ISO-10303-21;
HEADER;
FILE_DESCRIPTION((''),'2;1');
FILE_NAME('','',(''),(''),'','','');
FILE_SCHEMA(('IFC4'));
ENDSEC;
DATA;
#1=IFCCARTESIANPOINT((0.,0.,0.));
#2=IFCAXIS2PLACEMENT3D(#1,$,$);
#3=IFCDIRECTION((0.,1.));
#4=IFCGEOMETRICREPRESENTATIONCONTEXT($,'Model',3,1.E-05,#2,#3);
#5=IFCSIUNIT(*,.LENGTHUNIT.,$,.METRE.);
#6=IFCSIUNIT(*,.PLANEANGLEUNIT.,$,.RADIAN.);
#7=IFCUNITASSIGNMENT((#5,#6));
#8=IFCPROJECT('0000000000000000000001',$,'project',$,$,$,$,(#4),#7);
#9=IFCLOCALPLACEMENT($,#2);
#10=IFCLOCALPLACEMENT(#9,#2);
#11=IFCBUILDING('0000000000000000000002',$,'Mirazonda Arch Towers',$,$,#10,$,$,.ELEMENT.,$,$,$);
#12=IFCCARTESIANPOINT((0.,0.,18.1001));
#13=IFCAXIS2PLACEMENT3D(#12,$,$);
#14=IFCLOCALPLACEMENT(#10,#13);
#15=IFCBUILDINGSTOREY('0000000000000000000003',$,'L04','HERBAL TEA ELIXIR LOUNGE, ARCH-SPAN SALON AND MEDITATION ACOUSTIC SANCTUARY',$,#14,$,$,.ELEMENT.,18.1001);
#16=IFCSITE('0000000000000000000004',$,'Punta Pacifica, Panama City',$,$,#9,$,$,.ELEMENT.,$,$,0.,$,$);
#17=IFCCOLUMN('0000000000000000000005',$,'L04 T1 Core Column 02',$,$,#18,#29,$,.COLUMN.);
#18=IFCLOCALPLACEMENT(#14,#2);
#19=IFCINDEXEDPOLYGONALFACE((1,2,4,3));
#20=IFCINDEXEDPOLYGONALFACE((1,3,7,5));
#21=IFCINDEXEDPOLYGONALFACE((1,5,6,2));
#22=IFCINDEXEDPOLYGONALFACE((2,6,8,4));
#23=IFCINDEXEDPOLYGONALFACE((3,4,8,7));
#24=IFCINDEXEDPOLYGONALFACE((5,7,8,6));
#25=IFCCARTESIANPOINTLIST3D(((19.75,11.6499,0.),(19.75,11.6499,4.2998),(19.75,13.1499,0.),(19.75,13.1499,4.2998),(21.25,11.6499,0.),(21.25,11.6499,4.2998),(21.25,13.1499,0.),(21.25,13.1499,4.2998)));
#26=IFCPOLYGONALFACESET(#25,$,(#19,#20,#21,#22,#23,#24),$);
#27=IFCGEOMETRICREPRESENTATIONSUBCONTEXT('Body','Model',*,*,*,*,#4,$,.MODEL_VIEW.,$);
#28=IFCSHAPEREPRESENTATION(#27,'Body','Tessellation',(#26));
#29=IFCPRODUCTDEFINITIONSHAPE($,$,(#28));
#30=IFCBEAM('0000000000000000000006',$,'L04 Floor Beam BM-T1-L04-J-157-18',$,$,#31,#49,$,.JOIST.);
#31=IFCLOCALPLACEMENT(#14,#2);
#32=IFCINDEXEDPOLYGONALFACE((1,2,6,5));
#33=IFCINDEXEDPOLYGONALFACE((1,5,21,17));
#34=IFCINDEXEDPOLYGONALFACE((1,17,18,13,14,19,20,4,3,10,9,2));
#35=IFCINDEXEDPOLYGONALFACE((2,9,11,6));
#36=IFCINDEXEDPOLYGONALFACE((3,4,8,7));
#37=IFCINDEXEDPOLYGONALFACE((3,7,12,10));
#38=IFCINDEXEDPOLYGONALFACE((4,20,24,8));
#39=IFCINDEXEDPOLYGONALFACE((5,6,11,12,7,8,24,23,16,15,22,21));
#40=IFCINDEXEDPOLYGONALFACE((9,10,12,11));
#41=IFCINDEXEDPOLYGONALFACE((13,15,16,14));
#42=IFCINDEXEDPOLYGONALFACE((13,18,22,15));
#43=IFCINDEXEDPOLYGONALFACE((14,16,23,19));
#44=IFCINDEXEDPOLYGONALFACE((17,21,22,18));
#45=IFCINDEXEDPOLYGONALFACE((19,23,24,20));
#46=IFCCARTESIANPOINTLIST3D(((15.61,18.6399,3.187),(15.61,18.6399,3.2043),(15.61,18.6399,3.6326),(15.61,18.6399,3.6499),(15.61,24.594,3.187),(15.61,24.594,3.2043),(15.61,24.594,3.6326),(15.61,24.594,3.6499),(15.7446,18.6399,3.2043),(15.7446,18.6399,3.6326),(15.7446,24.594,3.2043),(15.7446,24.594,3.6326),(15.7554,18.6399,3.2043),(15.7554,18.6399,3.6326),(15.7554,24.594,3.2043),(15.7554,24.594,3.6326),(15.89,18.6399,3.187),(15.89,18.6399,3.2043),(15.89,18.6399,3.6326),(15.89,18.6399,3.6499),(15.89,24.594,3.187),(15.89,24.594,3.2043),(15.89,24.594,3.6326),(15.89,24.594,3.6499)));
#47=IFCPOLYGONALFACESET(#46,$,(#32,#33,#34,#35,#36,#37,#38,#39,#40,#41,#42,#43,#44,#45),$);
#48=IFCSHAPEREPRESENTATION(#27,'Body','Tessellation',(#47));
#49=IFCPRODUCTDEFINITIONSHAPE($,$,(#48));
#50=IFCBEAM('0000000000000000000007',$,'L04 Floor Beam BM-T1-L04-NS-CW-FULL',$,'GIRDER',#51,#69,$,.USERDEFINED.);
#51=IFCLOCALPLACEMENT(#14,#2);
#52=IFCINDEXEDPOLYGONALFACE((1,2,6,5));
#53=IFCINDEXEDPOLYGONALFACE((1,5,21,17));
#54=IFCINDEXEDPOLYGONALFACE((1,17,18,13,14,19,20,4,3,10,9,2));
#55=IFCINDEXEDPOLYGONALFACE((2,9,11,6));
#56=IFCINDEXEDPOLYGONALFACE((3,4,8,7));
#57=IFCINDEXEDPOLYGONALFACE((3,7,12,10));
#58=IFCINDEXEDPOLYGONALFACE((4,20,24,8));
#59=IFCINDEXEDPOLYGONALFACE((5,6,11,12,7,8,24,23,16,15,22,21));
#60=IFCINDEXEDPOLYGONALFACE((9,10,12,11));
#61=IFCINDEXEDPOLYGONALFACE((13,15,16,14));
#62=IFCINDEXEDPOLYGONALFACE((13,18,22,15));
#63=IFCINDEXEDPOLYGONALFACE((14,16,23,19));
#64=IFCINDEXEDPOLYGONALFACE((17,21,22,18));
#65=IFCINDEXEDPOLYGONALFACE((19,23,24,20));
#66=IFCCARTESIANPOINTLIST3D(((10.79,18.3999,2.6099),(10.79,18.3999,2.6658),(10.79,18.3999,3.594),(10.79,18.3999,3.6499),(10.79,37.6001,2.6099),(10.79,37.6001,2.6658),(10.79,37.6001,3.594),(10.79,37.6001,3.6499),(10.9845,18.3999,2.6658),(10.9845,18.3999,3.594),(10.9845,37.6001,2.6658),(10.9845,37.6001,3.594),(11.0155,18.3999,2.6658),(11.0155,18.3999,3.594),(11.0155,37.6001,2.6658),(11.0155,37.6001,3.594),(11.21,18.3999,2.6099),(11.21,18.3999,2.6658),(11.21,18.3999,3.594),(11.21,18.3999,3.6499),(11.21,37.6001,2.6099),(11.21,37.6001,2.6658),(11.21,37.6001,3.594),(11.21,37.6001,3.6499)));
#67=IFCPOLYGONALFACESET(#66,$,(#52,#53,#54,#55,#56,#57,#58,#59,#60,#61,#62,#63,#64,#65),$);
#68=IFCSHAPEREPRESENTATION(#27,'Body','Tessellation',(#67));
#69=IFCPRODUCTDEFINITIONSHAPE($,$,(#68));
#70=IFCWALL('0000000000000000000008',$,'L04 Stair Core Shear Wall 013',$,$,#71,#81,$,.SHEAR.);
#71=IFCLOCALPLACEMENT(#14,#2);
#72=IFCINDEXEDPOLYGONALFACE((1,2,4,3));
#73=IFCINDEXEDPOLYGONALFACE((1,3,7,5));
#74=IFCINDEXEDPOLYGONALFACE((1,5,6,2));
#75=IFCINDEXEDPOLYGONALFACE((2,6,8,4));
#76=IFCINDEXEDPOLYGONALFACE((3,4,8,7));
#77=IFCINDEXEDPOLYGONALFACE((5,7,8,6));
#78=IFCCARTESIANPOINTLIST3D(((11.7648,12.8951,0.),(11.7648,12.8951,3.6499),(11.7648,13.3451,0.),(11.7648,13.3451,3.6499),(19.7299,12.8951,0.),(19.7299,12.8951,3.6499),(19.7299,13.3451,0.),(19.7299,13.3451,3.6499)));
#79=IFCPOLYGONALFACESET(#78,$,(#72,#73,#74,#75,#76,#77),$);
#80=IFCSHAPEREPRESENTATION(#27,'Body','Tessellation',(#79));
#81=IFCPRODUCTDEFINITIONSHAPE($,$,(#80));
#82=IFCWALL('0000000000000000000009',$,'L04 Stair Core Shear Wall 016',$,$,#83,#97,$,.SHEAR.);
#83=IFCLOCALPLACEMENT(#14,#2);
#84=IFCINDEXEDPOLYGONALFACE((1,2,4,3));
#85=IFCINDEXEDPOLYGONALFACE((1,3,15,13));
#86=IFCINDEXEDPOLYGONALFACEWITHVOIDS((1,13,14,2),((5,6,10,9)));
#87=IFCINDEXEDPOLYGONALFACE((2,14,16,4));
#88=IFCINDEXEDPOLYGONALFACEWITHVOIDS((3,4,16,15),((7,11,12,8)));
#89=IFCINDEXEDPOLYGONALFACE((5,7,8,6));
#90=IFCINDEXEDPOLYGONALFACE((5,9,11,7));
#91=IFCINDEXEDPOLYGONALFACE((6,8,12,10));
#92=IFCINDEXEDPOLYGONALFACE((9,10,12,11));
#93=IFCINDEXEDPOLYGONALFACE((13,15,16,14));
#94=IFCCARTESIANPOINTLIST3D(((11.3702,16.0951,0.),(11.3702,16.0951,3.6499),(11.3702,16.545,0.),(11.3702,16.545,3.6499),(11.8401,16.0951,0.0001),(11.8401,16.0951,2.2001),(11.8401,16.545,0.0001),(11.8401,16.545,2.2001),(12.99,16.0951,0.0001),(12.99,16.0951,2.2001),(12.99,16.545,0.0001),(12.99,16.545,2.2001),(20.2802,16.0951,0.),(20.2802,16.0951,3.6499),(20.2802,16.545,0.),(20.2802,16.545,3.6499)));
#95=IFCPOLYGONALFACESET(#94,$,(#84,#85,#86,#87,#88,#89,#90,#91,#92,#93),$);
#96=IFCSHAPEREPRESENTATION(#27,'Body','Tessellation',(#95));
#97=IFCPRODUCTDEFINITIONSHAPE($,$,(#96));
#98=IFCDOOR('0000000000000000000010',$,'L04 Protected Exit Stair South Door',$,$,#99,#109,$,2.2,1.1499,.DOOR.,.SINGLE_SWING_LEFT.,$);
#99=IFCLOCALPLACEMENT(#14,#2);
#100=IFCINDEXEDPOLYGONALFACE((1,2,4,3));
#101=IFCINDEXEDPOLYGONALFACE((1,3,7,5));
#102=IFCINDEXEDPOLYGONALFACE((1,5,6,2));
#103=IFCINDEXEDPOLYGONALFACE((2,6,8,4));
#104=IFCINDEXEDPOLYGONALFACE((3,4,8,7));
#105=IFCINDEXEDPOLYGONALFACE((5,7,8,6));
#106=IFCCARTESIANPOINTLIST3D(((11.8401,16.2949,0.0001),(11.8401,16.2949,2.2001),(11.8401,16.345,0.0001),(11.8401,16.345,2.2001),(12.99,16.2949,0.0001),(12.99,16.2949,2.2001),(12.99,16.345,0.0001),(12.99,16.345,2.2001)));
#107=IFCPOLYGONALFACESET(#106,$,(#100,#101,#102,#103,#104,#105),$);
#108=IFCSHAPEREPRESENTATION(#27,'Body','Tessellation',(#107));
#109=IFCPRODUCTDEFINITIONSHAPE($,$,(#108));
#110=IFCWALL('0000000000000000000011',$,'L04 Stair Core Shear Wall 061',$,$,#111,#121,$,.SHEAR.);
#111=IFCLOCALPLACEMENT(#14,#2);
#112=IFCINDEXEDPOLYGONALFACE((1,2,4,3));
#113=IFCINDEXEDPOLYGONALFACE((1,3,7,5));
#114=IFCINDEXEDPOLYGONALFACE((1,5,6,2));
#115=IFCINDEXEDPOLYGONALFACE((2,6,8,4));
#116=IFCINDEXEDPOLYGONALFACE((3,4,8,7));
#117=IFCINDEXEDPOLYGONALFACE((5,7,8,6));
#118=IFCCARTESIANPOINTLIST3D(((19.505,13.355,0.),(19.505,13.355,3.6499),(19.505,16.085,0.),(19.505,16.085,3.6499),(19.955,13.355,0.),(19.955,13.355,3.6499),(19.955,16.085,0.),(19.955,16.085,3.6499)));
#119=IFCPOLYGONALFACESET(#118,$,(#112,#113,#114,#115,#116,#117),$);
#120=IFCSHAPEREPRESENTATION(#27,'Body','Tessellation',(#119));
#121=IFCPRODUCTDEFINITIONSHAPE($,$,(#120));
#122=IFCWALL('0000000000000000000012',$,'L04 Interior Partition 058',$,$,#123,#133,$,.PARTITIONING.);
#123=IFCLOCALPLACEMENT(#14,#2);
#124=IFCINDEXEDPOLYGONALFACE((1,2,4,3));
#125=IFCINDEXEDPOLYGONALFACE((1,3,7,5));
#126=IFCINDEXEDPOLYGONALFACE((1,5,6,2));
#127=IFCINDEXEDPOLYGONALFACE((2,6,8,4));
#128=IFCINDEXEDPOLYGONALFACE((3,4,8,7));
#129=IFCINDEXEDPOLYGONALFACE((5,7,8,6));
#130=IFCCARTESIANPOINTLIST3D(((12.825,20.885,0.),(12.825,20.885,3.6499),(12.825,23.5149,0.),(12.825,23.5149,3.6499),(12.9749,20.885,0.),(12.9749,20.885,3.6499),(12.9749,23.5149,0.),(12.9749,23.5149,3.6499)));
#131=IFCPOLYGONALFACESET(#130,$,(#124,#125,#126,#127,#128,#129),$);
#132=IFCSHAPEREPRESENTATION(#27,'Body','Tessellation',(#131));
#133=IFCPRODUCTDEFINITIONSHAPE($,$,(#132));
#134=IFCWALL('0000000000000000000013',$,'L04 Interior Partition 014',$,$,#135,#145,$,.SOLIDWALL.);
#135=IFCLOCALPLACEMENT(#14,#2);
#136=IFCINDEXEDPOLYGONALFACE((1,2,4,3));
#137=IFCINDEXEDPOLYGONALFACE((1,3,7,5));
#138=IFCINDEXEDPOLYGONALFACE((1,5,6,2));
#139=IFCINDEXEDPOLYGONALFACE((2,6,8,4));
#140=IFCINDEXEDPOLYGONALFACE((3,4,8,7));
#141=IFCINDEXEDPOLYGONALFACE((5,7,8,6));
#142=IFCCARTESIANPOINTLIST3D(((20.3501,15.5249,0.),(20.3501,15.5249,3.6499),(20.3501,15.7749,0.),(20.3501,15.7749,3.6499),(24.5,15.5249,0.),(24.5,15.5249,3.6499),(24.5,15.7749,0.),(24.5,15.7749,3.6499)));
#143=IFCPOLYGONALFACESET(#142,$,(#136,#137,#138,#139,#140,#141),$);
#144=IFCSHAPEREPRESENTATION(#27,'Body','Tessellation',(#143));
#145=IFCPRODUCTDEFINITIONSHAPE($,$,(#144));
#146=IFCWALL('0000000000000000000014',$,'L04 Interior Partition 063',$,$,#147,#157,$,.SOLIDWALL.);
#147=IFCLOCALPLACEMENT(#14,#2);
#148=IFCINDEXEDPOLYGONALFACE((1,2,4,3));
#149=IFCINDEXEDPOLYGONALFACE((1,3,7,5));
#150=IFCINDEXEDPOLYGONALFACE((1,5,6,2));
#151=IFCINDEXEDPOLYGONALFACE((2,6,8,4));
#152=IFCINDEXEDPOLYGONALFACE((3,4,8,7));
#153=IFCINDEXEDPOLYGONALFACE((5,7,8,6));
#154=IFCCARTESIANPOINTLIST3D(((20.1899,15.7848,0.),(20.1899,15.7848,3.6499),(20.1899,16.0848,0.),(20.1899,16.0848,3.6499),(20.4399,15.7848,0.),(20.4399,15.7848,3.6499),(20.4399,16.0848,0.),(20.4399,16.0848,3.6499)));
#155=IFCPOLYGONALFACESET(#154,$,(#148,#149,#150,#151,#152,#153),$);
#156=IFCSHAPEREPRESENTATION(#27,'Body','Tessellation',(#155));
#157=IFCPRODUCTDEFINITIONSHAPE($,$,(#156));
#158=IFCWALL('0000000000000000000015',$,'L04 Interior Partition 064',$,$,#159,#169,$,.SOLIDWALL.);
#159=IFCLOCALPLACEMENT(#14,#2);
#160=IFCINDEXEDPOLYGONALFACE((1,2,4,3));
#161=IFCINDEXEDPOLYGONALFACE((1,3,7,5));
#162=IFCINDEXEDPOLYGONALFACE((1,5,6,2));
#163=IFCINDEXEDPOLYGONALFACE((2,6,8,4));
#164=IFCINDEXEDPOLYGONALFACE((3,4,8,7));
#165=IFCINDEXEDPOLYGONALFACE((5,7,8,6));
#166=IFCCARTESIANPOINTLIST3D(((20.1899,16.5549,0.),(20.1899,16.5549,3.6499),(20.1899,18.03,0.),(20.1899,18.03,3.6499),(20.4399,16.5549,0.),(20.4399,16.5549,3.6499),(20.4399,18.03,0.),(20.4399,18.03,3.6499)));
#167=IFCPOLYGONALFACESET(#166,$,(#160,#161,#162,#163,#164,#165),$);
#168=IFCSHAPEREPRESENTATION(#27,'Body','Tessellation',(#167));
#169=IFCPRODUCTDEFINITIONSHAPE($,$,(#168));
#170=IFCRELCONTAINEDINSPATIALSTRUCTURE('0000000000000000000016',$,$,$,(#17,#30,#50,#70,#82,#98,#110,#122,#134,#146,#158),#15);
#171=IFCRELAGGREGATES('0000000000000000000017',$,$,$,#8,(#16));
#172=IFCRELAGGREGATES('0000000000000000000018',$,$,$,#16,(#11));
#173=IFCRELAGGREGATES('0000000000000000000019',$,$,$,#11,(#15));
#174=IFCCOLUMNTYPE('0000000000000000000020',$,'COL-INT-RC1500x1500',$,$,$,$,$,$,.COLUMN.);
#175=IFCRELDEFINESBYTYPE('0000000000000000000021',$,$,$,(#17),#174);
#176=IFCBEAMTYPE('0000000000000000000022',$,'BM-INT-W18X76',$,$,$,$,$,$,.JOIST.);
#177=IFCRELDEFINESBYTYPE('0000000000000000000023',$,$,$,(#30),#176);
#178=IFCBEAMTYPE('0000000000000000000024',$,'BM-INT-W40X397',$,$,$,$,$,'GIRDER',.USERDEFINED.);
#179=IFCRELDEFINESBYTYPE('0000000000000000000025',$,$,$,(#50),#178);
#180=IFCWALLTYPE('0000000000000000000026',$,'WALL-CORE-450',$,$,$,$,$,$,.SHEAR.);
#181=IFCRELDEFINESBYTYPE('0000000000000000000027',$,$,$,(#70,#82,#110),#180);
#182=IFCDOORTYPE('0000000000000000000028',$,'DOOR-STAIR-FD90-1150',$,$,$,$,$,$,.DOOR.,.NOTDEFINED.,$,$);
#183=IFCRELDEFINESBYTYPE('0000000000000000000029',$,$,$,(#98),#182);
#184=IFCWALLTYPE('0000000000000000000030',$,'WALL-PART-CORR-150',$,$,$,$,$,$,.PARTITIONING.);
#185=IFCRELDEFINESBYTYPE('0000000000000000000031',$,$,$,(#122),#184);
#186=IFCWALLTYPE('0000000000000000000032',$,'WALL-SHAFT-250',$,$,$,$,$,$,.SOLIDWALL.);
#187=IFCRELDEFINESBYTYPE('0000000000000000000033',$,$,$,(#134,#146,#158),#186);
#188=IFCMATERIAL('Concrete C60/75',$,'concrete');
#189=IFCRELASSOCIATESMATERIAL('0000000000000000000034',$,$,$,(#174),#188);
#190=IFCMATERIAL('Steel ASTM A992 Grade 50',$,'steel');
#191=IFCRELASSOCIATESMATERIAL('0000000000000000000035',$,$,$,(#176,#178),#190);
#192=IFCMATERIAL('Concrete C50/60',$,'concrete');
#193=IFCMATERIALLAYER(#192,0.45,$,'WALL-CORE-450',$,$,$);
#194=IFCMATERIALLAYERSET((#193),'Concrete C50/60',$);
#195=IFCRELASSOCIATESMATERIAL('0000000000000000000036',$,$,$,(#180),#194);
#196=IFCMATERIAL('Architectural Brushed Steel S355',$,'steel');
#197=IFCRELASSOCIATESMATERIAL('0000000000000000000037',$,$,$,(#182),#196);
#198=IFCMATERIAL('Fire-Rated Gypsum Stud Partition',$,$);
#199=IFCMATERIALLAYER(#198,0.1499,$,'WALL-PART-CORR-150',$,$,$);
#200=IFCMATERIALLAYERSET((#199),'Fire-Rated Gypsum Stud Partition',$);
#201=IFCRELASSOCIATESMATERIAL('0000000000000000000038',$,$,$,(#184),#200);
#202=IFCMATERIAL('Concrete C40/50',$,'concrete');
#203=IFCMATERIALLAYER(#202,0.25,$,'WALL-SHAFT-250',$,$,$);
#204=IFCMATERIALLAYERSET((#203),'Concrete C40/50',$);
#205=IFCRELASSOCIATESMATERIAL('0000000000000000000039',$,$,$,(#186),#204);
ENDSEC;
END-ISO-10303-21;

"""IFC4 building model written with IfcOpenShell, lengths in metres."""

from ifc_helpers import new_model, si_unit, direction, frame, frame_2d, origin, origin_2d, place, context, subcontext, project, spatial, rectangle, i_section, extrude, material, layer, layer_set, material_profile, profile_set, type_object, element, fill, save


model = new_model("IFC4")

# Units and contexts
model_context = context("Model", 3, precision=1e-05, world=origin(), true_north=direction((0.0, 1.0)))
body_context = subcontext(model_context, "Body", "Model", "MODEL_VIEW")
ifc_project = project(units=[si_unit("LENGTHUNIT", "METRE"), si_unit("PLANEANGLEUNIT", "RADIAN")], contexts=[model_context])

# Site, building, storey
site_placement = place(None, origin())
site = spatial("IfcSite", under=ifc_project, at=site_placement, Name="Punta Pacifica, Panama City", CompositionType="ELEMENT", RefElevation=0.0)
building_placement = place(site_placement, origin())
building = spatial("IfcBuilding", under=site, at=building_placement, Name="Mirazonda Arch Towers", CompositionType="ELEMENT")
storey_placement = place(building_placement, frame((0.0, 0.0, 18.1001)))
storey = spatial("IfcBuildingStorey", under=building, at=storey_placement, Name="L04", Description="HERBAL TEA ELIXIR LOUNGE, ARCH-SPAN SALON AND MEDITATION ACOUSTIC SANCTUARY", CompositionType="ELEMENT", Elevation=18.1001)

# Column
ifc_material_1 = material(Name="Concrete C60/75", Category="concrete")
ifc_material_profile_1 = material_profile(ifc_material_1, rectangle(XDim=1.5, YDim=1.5, at=origin_2d()), Name="RC1500x1500")
ifc_profile_set_1 = profile_set([ifc_material_profile_1], Name="Concrete C60/75")
column_type = type_object("IfcColumnType", Name="COL-INT-RC1500x1500", PredefinedType="COLUMN", material=ifc_profile_set_1)
column_placement = place(storey_placement, frame((20.5, 12.3999, 0.0), z_axis=(0.0, 0.0, 1.0), x_axis=(1.0, 0.0, 0.0)))
element("IfcColumn", 1, at=column_placement, inside=storey, type_object=column_type, Name="L04 T1 Core Column 02", PredefinedType="COLUMN", context=body_context, shape_type="SweptSolid", body=[
    extrude(rectangle(XDim=1.5, YDim=1.5, at=origin_2d()), origin(), (0.0, 0.0, 1.0), 4.2998),
])

# Beams
ifc_material_2 = material(Name="Steel ASTM A992 Grade 50", Category="steel")
ifc_material_profile_2 = material_profile(ifc_material_2, i_section(OverallWidth=0.28, OverallDepth=0.4629, WebThickness=0.0107, FlangeThickness=0.0173, at=origin_2d()), Name="W18X76")
ifc_profile_set_2 = profile_set([ifc_material_profile_2], Name="Steel ASTM A992 Grade 50")
beam_type_1 = type_object("IfcBeamType", Name="BM-INT-W18X76", PredefinedType="JOIST", material=ifc_profile_set_2)
beam_1_placement = place(storey_placement, frame((15.75, 18.6399, 3.4185), z_axis=(0.0, 1.0, 0.0), x_axis=(-1.0, 0.0, 0.0)))
element("IfcBeam", 2, at=beam_1_placement, inside=storey, type_object=beam_type_1, Name="L04 Floor Beam BM-T1-L04-J-157-18", PredefinedType="JOIST", context=body_context, shape_type="SweptSolid", body=[
    extrude(i_section(OverallWidth=0.28, OverallDepth=0.4629, WebThickness=0.0107, FlangeThickness=0.0173, at=origin_2d()), origin(), (0.0, 0.0, 1.0), 5.9541),
])
ifc_material_profile_3 = material_profile(ifc_material_2, i_section(OverallWidth=0.4199, OverallDepth=1.04, WebThickness=0.031, FlangeThickness=0.0559, at=origin_2d()), Name="W40X397")
ifc_profile_set_3 = profile_set([ifc_material_profile_3], Name="Steel ASTM A992 Grade 50")
beam_type_2 = type_object("IfcBeamType", Name="BM-INT-W40X397", ElementType="GIRDER", PredefinedType="USERDEFINED", material=ifc_profile_set_3)
beam_2_placement = place(storey_placement, frame((11.0, 18.3999, 3.1299), z_axis=(0.0, 1.0, 0.0), x_axis=(-1.0, 0.0, 0.0)))
element("IfcBeam", 3, at=beam_2_placement, inside=storey, type_object=beam_type_2, Name="L04 Floor Beam BM-T1-L04-NS-CW-FULL", ObjectType="GIRDER", PredefinedType="USERDEFINED", context=body_context, shape_type="SweptSolid", body=[
    extrude(i_section(OverallWidth=0.4199, OverallDepth=1.04, WebThickness=0.031, FlangeThickness=0.0559, at=origin_2d()), origin(), (0.0, 0.0, 1.0), 19.2002),
])

# Wall
ifc_material_3 = material(Name="Concrete C50/60", Category="concrete")
ifc_layer_1 = layer(ifc_material_3, 0.45, Name="WALL-CORE-450")
ifc_layer_set_1 = layer_set([ifc_layer_1], Name="Concrete C50/60")
wall_type_1 = type_object("IfcWallType", Name="WALL-CORE-450", PredefinedType="SHEAR", material=ifc_layer_set_1)
wall_1_placement = place(storey_placement, frame((11.7649, 13.1201, 0.0), z_axis=(0.0, 0.0, 1.0), x_axis=(1.0, 0.0, 0.0)))
element("IfcWall", 4, at=wall_1_placement, inside=storey, type_object=wall_type_1, Name="L04 Stair Core Shear Wall 013", PredefinedType="SHEAR", context=body_context, shape_type="SweptSolid", body=[
    extrude(rectangle(XDim=7.9651, YDim=0.45, at=frame_2d((3.9824, 0.0))), origin(), (0.0, 0.0, 1.0), 3.6499),
])

# Wall, opening, door
wall_2_placement = place(storey_placement, frame((11.3701, 16.3201, 0.0), z_axis=(0.0, 0.0, 1.0), x_axis=(1.0, 0.0, 0.0)))
wall_2 = element("IfcWall", 5, at=wall_2_placement, inside=storey, type_object=wall_type_1, Name="L04 Stair Core Shear Wall 016", PredefinedType="SHEAR", context=body_context, shape_type="SweptSolid", body=[
    extrude(rectangle(XDim=8.9099, YDim=0.45, at=frame_2d((4.4551, 0.0))), origin(), (0.0, 0.0, 1.0), 3.6499),
])
opening_placement = place(wall_2_placement, frame((0.47, 0.0, 0.0)))
opening = element("IfcOpeningElement", 6, at=opening_placement, cuts=wall_2, PredefinedType="OPENING", context=body_context, shape_type="SweptSolid", body=[
    extrude(rectangle(XDim=1.1499, YDim=2.2, at=frame_2d((0.575, 1.1001))), frame((0.0, 0.2349, 0.0), z_axis=(0.0, -1.0, 0.0), x_axis=(1.0, 0.0, 0.0)), (0.0, 0.0, 1.0), 0.47),
])
ifc_material_4 = material(Name="Architectural Brushed Steel S355", Category="steel")
door_type = type_object("IfcDoorType", Name="DOOR-STAIR-FD90-1150", OperationType="NOTDEFINED", PredefinedType="DOOR", material=ifc_material_4)
door_placement = place(opening_placement, origin())
door = element("IfcDoor", 7, at=door_placement, inside=storey, type_object=door_type, Name="L04 Protected Exit Stair South Door", OperationType="SINGLE_SWING_LEFT", OverallHeight=2.2, OverallWidth=1.1499, PredefinedType="DOOR", context=body_context, shape_type="SweptSolid", body=[
    extrude(rectangle(XDim=1.1499, YDim=2.2, at=frame_2d((0.575, 1.1001))), frame((0.0, 0.0249, 0.0), z_axis=(0.0, -1.0, 0.0), x_axis=(1.0, 0.0, 0.0)), (0.0, 0.0, 1.0), 0.05),
])
fill(opening, door)

# Walls
wall_3_placement = place(storey_placement, frame((19.73, 13.355, 0.0), z_axis=(0.0, 0.0, 1.0), x_axis=(0.0, 1.0, 0.0)))
element("IfcWall", 8, at=wall_3_placement, inside=storey, type_object=wall_type_1, Name="L04 Stair Core Shear Wall 061", PredefinedType="SHEAR", context=body_context, shape_type="SweptSolid", body=[
    extrude(rectangle(XDim=2.73, YDim=0.45, at=frame_2d((1.365, 0.0))), origin(), (0.0, 0.0, 1.0), 3.6499),
])
ifc_material_5 = material(Name="Fire-Rated Gypsum Stud Partition")
ifc_layer_2 = layer(ifc_material_5, 0.1499, Name="WALL-PART-CORR-150")
ifc_layer_set_2 = layer_set([ifc_layer_2], Name="Fire-Rated Gypsum Stud Partition")
wall_type_2 = type_object("IfcWallType", Name="WALL-PART-CORR-150", PredefinedType="PARTITIONING", material=ifc_layer_set_2)
wall_4_placement = place(storey_placement, frame((12.8999, 20.885, 0.0), z_axis=(0.0, 0.0, 1.0), x_axis=(0.0, 1.0, 0.0)))
element("IfcWall", 9, at=wall_4_placement, inside=storey, type_object=wall_type_2, Name="L04 Interior Partition 058", PredefinedType="PARTITIONING", context=body_context, shape_type="SweptSolid", body=[
    extrude(rectangle(XDim=2.6299, YDim=0.1499, at=frame_2d((1.3149, 0.0))), origin(), (0.0, 0.0, 1.0), 3.6499),
])
ifc_material_6 = material(Name="Concrete C40/50", Category="concrete")
ifc_layer_3 = layer(ifc_material_6, 0.25, Name="WALL-SHAFT-250")
ifc_layer_set_3 = layer_set([ifc_layer_3], Name="Concrete C40/50")
wall_type_3 = type_object("IfcWallType", Name="WALL-SHAFT-250", PredefinedType="SOLIDWALL", material=ifc_layer_set_3)
wall_5_placement = place(storey_placement, frame((20.3501, 15.6499, 0.0), z_axis=(0.0, 0.0, 1.0), x_axis=(1.0, 0.0, 0.0)))
element("IfcWall", 10, at=wall_5_placement, inside=storey, type_object=wall_type_3, Name="L04 Interior Partition 014", PredefinedType="SOLIDWALL", context=body_context, shape_type="SweptSolid", body=[
    extrude(rectangle(XDim=4.1499, YDim=0.25, at=frame_2d((2.075, 0.0))), origin(), (0.0, 0.0, 1.0), 3.6499),
])
wall_6_placement = place(storey_placement, frame((20.3149, 15.7849, 0.0), z_axis=(0.0, 0.0, 1.0), x_axis=(0.0, 1.0, 0.0)))
element("IfcWall", 11, at=wall_6_placement, inside=storey, type_object=wall_type_3, Name="L04 Interior Partition 063", PredefinedType="SOLIDWALL", context=body_context, shape_type="SweptSolid", body=[
    extrude(rectangle(XDim=0.3, YDim=0.25, at=frame_2d((0.1499, 0.0))), origin(), (0.0, 0.0, 1.0), 3.6499),
])
wall_7_placement = place(storey_placement, frame((20.3149, 16.5549, 0.0), z_axis=(0.0, 0.0, 1.0), x_axis=(0.0, 1.0, 0.0)))
element("IfcWall", 12, at=wall_7_placement, inside=storey, type_object=wall_type_3, Name="L04 Interior Partition 064", PredefinedType="SOLIDWALL", context=body_context, shape_type="SweptSolid", body=[
    extrude(rectangle(XDim=1.4751, YDim=0.25, at=frame_2d((0.7375, 0.0))), origin(), (0.0, 0.0, 1.0), 3.6499),
])

save(model, "model.ifc")
